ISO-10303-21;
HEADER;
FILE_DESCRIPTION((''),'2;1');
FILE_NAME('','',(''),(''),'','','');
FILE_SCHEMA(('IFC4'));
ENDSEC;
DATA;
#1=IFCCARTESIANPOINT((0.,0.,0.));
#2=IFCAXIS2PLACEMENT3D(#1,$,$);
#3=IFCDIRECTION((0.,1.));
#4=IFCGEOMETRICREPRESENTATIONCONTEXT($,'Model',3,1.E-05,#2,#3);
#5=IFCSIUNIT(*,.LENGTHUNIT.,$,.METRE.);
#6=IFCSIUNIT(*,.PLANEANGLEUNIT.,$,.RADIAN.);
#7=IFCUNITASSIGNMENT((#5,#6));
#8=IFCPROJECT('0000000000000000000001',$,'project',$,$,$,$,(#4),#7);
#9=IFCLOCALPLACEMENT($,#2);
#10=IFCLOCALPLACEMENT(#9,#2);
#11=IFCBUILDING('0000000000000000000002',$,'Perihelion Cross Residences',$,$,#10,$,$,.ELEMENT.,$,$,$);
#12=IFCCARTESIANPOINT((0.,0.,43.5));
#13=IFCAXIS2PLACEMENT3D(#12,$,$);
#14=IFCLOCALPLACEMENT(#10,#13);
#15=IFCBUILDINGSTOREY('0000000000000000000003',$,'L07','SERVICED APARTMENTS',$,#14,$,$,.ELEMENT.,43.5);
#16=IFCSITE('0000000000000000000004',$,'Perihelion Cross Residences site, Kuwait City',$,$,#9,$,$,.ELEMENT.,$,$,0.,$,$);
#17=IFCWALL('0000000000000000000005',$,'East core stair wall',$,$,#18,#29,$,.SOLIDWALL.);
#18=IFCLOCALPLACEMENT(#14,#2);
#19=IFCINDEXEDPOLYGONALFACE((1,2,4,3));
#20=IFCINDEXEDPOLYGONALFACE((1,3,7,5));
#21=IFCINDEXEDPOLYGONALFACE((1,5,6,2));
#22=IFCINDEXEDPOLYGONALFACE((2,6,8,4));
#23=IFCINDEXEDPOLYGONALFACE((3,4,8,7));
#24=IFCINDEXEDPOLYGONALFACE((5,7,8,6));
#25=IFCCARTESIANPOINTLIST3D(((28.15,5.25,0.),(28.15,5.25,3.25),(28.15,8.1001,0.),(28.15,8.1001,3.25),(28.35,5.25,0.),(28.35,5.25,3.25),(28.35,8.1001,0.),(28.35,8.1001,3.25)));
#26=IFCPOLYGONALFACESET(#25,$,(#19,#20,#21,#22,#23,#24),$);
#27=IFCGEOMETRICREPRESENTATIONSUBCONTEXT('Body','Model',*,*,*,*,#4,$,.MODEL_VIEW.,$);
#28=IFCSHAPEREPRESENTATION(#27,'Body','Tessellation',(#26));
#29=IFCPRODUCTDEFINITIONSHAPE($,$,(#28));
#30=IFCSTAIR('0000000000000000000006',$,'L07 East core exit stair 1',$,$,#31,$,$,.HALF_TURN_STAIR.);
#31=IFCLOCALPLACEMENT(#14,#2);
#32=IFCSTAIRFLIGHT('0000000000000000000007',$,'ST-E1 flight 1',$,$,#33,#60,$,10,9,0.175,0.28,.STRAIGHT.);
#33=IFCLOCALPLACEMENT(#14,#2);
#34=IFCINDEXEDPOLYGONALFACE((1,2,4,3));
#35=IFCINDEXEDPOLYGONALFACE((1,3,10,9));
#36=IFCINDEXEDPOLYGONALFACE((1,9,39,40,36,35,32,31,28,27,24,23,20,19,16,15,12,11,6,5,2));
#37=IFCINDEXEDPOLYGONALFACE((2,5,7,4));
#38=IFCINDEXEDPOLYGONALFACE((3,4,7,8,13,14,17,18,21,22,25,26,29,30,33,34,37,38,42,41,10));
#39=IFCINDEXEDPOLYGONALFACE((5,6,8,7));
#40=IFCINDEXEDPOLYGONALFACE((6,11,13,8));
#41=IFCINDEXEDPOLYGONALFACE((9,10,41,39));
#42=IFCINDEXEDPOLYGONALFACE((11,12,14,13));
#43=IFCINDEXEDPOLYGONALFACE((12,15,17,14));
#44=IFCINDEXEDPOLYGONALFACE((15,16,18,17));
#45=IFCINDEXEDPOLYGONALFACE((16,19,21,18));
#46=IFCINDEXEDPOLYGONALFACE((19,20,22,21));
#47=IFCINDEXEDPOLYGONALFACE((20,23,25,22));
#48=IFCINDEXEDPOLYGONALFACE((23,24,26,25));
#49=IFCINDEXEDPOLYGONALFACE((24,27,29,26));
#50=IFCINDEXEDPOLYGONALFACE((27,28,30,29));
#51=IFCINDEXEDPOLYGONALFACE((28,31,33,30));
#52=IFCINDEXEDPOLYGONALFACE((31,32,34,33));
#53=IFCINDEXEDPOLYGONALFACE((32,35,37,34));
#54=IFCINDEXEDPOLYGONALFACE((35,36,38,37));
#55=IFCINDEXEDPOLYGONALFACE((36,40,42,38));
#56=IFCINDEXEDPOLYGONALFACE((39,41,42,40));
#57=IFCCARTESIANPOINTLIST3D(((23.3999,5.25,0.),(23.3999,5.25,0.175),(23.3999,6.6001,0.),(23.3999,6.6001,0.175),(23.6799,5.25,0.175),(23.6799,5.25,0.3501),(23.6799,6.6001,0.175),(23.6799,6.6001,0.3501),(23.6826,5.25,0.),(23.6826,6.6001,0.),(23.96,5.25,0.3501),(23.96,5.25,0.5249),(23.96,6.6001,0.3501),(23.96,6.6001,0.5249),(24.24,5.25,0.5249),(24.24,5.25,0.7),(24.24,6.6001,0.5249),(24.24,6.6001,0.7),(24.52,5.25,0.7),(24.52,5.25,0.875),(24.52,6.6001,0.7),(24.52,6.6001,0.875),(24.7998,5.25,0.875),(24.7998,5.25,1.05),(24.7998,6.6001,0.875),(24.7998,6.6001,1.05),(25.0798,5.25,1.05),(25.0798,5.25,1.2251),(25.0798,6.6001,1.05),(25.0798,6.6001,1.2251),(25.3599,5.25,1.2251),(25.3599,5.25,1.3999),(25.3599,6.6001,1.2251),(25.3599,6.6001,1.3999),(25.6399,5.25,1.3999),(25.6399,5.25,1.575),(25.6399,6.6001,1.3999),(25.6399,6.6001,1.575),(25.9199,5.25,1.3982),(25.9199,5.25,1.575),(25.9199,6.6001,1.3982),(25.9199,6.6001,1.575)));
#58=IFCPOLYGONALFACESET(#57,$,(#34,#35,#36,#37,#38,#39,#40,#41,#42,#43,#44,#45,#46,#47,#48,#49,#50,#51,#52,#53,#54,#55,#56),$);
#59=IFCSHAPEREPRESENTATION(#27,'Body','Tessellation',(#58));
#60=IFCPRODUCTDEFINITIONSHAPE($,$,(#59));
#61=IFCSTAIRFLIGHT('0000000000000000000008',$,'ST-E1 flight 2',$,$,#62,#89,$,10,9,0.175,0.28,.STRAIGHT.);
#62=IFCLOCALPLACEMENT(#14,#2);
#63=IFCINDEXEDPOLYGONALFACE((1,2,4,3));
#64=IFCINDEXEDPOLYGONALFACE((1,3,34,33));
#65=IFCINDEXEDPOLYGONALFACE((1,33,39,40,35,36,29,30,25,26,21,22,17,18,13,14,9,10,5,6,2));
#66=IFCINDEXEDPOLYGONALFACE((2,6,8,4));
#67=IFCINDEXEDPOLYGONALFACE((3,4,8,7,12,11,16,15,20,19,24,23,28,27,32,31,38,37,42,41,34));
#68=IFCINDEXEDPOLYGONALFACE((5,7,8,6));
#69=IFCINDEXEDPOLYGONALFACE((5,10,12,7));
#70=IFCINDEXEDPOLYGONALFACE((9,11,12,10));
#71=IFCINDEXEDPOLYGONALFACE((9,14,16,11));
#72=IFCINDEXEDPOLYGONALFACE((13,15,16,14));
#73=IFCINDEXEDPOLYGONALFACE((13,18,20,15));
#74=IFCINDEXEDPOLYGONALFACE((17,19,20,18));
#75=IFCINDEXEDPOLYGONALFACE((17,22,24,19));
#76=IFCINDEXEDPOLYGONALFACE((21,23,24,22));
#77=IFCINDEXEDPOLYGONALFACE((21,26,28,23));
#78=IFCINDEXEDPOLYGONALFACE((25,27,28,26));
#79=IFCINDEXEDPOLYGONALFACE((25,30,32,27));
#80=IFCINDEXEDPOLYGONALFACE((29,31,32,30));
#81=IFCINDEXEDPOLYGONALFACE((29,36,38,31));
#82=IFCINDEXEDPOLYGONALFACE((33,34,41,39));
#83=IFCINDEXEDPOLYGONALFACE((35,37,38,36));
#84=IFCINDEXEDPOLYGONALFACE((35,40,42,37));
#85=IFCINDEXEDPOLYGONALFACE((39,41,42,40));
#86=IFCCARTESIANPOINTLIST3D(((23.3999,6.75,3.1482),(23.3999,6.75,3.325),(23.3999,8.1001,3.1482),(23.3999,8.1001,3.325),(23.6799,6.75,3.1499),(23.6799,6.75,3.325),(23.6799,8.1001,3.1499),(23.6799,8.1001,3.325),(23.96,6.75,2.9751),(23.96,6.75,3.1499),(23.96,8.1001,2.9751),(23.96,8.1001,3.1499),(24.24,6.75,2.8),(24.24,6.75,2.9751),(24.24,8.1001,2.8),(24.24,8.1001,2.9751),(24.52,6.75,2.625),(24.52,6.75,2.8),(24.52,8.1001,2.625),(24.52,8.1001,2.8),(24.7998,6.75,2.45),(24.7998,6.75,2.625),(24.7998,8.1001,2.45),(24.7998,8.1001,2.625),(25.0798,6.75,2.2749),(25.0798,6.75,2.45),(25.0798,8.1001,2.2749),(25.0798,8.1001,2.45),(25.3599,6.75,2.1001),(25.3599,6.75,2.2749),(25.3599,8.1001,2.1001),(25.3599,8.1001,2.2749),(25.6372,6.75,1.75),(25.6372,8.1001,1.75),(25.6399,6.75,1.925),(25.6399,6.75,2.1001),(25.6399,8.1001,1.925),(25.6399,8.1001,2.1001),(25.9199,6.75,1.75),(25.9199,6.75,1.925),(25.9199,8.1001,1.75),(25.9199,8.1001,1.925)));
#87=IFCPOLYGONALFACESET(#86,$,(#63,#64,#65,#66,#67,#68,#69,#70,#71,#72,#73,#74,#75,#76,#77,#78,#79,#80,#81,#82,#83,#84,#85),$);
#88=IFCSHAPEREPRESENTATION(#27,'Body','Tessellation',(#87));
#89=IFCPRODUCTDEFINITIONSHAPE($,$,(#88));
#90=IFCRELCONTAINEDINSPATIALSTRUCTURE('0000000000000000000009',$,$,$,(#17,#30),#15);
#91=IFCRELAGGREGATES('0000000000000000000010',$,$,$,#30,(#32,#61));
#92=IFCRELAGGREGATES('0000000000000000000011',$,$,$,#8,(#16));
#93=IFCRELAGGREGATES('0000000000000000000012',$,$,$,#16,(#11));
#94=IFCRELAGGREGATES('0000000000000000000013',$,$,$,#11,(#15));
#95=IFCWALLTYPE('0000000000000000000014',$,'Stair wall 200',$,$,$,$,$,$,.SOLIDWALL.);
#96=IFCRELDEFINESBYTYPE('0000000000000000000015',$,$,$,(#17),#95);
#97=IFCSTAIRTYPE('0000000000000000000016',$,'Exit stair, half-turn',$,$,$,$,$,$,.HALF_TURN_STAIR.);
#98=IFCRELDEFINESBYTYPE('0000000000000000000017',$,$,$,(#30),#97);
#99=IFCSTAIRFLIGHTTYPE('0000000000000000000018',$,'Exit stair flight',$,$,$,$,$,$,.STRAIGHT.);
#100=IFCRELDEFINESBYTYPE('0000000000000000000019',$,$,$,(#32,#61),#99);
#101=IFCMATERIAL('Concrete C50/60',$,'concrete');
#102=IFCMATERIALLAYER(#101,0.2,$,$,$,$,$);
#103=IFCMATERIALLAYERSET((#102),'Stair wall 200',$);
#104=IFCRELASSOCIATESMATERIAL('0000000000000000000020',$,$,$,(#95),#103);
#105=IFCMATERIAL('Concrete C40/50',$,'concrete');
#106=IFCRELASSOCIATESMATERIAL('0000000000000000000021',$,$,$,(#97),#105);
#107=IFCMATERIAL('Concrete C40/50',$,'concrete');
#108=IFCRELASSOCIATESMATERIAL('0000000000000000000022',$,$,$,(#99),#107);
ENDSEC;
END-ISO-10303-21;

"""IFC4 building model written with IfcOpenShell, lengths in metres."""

from ifc_helpers import new_model, si_unit, direction, frame, frame_2d, origin, place, context, subcontext, project, spatial, polyline, rectangle, outline, extrude, material, layer, layer_set, type_object, element, aggregate, save


model = new_model("IFC4")

# Units and contexts
model_context = context("Model", 3, precision=1e-05, world=origin(), true_north=direction((0.0, 1.0)))
body_context = subcontext(model_context, "Body", "Model", "MODEL_VIEW")
ifc_project = project(units=[si_unit("LENGTHUNIT", "METRE"), si_unit("PLANEANGLEUNIT", "RADIAN")], contexts=[model_context])

# Site, building, storey
site_placement = place(None, origin())
site = spatial("IfcSite", under=ifc_project, at=site_placement, Name="Perihelion Cross Residences site, Kuwait City", CompositionType="ELEMENT", RefElevation=0.0)
building_placement = place(site_placement, origin())
building = spatial("IfcBuilding", under=site, at=building_placement, Name="Perihelion Cross Residences", CompositionType="ELEMENT")
storey_placement = place(building_placement, frame((0.0, 0.0, 43.5)))
storey = spatial("IfcBuildingStorey", under=building, at=storey_placement, Name="L07", Description="SERVICED APARTMENTS", CompositionType="ELEMENT", Elevation=43.5)

# Wall
ifc_material_1 = material(Name="Concrete C50/60", Category="concrete")
ifc_layer_1 = layer(ifc_material_1, 0.2)
ifc_layer_set_1 = layer_set([ifc_layer_1], Name="Stair wall 200")
wall_type_1 = type_object("IfcWallType", Name="Stair wall 200", PredefinedType="SOLIDWALL", material=ifc_layer_set_1)
wall_1_placement = place(storey_placement, frame((28.25, 5.25, 0.0), z_axis=(0.0, 0.0, 1.0), x_axis=(0.0, 1.0, 0.0)))
element("IfcWall", 1, at=wall_1_placement, inside=storey, type_object=wall_type_1, Name="East core stair wall", PredefinedType="SOLIDWALL", context=body_context, shape_type="SweptSolid", body=[
    extrude(rectangle(XDim=2.8501, YDim=0.2, at=frame_2d((1.425, 0.0))), origin(), (0.0, 0.0, 1.0), 3.25),
])

# Stair, stair flights
ifc_material_2 = material(Name="Concrete C40/50", Category="concrete")
stair_type = type_object("IfcStairType", Name="Exit stair, half-turn", PredefinedType="HALF_TURN_STAIR", material=ifc_material_2)
stair_placement = place(storey_placement, origin())
stair = element("IfcStair", 2, at=stair_placement, inside=storey, type_object=stair_type, Name="L07 East core exit stair 1", PredefinedType="HALF_TURN_STAIR")
ifc_material_3 = material(Name="Concrete C40/50", Category="concrete")
stair_flight_type = type_object("IfcStairFlightType", Name="Exit stair flight", PredefinedType="STRAIGHT", material=ifc_material_3)
stair_flight_1_placement = place(storey_placement, frame((23.3999, 5.925, 0.0), z_axis=(0.0, 0.0, 1.0), x_axis=(1.0, 0.0, 0.0)))
stair_flight_1 = element("IfcStairFlight", 3, at=stair_flight_1_placement, type_object=stair_flight_type, Name="ST-E1 flight 1", NumberOfRisers=10, NumberOfTreads=9, PredefinedType="STRAIGHT", RiserHeight=0.175, TreadLength=0.28, context=body_context, shape_type="SweptSolid", body=[
    extrude(outline(polyline([(0.0, 0.0), (0.0, 0.175), (0.28, 0.175), (0.28, 0.3501), (0.5601, 0.3501), (0.5601, 0.5249), (0.8401, 0.5249), (0.8401, 0.7), (1.1201, 0.7), (1.1201, 0.875), (1.3999, 0.875), (1.3999, 1.05), (1.6799, 1.05), (1.6799, 1.2251), (1.96, 1.2251), (1.96, 1.3999), (2.24, 1.3999), (2.24, 1.575), (2.52, 1.575), (2.52, 1.75), (2.52, 1.3982), (0.2827, 0.0), (0.0, 0.0)])), frame((0.0, 0.675, 0.0), z_axis=(0.0, -1.0, 0.0), x_axis=(1.0, 0.0, 0.0)), (0.0, 0.0, 1.0), 1.3501),
])
stair_flight_2_placement = place(storey_placement, frame((25.9199, 7.425, 1.75), z_axis=(0.0, 0.0, 1.0), x_axis=(-1.0, 0.0, 0.0)))
stair_flight_2 = element("IfcStairFlight", 4, at=stair_flight_2_placement, type_object=stair_flight_type, Name="ST-E1 flight 2", NumberOfRisers=10, NumberOfTreads=9, PredefinedType="STRAIGHT", RiserHeight=0.175, TreadLength=0.28, context=body_context, shape_type="SweptSolid", body=[
    extrude(outline(polyline([(0.0, 0.0), (0.0, 0.175), (0.28, 0.175), (0.28, 0.3501), (0.5601, 0.3501), (0.5601, 0.5249), (0.8401, 0.5249), (0.8401, 0.7), (1.1201, 0.7), (1.1201, 0.875), (1.3999, 0.875), (1.3999, 1.05), (1.6799, 1.05), (1.6799, 1.2251), (1.96, 1.2251), (1.96, 1.3999), (2.24, 1.3999), (2.24, 1.575), (2.52, 1.575), (2.52, 1.75), (2.52, 1.3982), (0.2827, 0.0), (0.0, 0.0)])), frame((0.0, 0.675, 0.0), z_axis=(0.0, -1.0, 0.0), x_axis=(1.0, 0.0, 0.0)), (0.0, 0.0, 1.0), 1.3501),
])
aggregate(stair, [stair_flight_1, stair_flight_2])

save(model, "model.ifc")
